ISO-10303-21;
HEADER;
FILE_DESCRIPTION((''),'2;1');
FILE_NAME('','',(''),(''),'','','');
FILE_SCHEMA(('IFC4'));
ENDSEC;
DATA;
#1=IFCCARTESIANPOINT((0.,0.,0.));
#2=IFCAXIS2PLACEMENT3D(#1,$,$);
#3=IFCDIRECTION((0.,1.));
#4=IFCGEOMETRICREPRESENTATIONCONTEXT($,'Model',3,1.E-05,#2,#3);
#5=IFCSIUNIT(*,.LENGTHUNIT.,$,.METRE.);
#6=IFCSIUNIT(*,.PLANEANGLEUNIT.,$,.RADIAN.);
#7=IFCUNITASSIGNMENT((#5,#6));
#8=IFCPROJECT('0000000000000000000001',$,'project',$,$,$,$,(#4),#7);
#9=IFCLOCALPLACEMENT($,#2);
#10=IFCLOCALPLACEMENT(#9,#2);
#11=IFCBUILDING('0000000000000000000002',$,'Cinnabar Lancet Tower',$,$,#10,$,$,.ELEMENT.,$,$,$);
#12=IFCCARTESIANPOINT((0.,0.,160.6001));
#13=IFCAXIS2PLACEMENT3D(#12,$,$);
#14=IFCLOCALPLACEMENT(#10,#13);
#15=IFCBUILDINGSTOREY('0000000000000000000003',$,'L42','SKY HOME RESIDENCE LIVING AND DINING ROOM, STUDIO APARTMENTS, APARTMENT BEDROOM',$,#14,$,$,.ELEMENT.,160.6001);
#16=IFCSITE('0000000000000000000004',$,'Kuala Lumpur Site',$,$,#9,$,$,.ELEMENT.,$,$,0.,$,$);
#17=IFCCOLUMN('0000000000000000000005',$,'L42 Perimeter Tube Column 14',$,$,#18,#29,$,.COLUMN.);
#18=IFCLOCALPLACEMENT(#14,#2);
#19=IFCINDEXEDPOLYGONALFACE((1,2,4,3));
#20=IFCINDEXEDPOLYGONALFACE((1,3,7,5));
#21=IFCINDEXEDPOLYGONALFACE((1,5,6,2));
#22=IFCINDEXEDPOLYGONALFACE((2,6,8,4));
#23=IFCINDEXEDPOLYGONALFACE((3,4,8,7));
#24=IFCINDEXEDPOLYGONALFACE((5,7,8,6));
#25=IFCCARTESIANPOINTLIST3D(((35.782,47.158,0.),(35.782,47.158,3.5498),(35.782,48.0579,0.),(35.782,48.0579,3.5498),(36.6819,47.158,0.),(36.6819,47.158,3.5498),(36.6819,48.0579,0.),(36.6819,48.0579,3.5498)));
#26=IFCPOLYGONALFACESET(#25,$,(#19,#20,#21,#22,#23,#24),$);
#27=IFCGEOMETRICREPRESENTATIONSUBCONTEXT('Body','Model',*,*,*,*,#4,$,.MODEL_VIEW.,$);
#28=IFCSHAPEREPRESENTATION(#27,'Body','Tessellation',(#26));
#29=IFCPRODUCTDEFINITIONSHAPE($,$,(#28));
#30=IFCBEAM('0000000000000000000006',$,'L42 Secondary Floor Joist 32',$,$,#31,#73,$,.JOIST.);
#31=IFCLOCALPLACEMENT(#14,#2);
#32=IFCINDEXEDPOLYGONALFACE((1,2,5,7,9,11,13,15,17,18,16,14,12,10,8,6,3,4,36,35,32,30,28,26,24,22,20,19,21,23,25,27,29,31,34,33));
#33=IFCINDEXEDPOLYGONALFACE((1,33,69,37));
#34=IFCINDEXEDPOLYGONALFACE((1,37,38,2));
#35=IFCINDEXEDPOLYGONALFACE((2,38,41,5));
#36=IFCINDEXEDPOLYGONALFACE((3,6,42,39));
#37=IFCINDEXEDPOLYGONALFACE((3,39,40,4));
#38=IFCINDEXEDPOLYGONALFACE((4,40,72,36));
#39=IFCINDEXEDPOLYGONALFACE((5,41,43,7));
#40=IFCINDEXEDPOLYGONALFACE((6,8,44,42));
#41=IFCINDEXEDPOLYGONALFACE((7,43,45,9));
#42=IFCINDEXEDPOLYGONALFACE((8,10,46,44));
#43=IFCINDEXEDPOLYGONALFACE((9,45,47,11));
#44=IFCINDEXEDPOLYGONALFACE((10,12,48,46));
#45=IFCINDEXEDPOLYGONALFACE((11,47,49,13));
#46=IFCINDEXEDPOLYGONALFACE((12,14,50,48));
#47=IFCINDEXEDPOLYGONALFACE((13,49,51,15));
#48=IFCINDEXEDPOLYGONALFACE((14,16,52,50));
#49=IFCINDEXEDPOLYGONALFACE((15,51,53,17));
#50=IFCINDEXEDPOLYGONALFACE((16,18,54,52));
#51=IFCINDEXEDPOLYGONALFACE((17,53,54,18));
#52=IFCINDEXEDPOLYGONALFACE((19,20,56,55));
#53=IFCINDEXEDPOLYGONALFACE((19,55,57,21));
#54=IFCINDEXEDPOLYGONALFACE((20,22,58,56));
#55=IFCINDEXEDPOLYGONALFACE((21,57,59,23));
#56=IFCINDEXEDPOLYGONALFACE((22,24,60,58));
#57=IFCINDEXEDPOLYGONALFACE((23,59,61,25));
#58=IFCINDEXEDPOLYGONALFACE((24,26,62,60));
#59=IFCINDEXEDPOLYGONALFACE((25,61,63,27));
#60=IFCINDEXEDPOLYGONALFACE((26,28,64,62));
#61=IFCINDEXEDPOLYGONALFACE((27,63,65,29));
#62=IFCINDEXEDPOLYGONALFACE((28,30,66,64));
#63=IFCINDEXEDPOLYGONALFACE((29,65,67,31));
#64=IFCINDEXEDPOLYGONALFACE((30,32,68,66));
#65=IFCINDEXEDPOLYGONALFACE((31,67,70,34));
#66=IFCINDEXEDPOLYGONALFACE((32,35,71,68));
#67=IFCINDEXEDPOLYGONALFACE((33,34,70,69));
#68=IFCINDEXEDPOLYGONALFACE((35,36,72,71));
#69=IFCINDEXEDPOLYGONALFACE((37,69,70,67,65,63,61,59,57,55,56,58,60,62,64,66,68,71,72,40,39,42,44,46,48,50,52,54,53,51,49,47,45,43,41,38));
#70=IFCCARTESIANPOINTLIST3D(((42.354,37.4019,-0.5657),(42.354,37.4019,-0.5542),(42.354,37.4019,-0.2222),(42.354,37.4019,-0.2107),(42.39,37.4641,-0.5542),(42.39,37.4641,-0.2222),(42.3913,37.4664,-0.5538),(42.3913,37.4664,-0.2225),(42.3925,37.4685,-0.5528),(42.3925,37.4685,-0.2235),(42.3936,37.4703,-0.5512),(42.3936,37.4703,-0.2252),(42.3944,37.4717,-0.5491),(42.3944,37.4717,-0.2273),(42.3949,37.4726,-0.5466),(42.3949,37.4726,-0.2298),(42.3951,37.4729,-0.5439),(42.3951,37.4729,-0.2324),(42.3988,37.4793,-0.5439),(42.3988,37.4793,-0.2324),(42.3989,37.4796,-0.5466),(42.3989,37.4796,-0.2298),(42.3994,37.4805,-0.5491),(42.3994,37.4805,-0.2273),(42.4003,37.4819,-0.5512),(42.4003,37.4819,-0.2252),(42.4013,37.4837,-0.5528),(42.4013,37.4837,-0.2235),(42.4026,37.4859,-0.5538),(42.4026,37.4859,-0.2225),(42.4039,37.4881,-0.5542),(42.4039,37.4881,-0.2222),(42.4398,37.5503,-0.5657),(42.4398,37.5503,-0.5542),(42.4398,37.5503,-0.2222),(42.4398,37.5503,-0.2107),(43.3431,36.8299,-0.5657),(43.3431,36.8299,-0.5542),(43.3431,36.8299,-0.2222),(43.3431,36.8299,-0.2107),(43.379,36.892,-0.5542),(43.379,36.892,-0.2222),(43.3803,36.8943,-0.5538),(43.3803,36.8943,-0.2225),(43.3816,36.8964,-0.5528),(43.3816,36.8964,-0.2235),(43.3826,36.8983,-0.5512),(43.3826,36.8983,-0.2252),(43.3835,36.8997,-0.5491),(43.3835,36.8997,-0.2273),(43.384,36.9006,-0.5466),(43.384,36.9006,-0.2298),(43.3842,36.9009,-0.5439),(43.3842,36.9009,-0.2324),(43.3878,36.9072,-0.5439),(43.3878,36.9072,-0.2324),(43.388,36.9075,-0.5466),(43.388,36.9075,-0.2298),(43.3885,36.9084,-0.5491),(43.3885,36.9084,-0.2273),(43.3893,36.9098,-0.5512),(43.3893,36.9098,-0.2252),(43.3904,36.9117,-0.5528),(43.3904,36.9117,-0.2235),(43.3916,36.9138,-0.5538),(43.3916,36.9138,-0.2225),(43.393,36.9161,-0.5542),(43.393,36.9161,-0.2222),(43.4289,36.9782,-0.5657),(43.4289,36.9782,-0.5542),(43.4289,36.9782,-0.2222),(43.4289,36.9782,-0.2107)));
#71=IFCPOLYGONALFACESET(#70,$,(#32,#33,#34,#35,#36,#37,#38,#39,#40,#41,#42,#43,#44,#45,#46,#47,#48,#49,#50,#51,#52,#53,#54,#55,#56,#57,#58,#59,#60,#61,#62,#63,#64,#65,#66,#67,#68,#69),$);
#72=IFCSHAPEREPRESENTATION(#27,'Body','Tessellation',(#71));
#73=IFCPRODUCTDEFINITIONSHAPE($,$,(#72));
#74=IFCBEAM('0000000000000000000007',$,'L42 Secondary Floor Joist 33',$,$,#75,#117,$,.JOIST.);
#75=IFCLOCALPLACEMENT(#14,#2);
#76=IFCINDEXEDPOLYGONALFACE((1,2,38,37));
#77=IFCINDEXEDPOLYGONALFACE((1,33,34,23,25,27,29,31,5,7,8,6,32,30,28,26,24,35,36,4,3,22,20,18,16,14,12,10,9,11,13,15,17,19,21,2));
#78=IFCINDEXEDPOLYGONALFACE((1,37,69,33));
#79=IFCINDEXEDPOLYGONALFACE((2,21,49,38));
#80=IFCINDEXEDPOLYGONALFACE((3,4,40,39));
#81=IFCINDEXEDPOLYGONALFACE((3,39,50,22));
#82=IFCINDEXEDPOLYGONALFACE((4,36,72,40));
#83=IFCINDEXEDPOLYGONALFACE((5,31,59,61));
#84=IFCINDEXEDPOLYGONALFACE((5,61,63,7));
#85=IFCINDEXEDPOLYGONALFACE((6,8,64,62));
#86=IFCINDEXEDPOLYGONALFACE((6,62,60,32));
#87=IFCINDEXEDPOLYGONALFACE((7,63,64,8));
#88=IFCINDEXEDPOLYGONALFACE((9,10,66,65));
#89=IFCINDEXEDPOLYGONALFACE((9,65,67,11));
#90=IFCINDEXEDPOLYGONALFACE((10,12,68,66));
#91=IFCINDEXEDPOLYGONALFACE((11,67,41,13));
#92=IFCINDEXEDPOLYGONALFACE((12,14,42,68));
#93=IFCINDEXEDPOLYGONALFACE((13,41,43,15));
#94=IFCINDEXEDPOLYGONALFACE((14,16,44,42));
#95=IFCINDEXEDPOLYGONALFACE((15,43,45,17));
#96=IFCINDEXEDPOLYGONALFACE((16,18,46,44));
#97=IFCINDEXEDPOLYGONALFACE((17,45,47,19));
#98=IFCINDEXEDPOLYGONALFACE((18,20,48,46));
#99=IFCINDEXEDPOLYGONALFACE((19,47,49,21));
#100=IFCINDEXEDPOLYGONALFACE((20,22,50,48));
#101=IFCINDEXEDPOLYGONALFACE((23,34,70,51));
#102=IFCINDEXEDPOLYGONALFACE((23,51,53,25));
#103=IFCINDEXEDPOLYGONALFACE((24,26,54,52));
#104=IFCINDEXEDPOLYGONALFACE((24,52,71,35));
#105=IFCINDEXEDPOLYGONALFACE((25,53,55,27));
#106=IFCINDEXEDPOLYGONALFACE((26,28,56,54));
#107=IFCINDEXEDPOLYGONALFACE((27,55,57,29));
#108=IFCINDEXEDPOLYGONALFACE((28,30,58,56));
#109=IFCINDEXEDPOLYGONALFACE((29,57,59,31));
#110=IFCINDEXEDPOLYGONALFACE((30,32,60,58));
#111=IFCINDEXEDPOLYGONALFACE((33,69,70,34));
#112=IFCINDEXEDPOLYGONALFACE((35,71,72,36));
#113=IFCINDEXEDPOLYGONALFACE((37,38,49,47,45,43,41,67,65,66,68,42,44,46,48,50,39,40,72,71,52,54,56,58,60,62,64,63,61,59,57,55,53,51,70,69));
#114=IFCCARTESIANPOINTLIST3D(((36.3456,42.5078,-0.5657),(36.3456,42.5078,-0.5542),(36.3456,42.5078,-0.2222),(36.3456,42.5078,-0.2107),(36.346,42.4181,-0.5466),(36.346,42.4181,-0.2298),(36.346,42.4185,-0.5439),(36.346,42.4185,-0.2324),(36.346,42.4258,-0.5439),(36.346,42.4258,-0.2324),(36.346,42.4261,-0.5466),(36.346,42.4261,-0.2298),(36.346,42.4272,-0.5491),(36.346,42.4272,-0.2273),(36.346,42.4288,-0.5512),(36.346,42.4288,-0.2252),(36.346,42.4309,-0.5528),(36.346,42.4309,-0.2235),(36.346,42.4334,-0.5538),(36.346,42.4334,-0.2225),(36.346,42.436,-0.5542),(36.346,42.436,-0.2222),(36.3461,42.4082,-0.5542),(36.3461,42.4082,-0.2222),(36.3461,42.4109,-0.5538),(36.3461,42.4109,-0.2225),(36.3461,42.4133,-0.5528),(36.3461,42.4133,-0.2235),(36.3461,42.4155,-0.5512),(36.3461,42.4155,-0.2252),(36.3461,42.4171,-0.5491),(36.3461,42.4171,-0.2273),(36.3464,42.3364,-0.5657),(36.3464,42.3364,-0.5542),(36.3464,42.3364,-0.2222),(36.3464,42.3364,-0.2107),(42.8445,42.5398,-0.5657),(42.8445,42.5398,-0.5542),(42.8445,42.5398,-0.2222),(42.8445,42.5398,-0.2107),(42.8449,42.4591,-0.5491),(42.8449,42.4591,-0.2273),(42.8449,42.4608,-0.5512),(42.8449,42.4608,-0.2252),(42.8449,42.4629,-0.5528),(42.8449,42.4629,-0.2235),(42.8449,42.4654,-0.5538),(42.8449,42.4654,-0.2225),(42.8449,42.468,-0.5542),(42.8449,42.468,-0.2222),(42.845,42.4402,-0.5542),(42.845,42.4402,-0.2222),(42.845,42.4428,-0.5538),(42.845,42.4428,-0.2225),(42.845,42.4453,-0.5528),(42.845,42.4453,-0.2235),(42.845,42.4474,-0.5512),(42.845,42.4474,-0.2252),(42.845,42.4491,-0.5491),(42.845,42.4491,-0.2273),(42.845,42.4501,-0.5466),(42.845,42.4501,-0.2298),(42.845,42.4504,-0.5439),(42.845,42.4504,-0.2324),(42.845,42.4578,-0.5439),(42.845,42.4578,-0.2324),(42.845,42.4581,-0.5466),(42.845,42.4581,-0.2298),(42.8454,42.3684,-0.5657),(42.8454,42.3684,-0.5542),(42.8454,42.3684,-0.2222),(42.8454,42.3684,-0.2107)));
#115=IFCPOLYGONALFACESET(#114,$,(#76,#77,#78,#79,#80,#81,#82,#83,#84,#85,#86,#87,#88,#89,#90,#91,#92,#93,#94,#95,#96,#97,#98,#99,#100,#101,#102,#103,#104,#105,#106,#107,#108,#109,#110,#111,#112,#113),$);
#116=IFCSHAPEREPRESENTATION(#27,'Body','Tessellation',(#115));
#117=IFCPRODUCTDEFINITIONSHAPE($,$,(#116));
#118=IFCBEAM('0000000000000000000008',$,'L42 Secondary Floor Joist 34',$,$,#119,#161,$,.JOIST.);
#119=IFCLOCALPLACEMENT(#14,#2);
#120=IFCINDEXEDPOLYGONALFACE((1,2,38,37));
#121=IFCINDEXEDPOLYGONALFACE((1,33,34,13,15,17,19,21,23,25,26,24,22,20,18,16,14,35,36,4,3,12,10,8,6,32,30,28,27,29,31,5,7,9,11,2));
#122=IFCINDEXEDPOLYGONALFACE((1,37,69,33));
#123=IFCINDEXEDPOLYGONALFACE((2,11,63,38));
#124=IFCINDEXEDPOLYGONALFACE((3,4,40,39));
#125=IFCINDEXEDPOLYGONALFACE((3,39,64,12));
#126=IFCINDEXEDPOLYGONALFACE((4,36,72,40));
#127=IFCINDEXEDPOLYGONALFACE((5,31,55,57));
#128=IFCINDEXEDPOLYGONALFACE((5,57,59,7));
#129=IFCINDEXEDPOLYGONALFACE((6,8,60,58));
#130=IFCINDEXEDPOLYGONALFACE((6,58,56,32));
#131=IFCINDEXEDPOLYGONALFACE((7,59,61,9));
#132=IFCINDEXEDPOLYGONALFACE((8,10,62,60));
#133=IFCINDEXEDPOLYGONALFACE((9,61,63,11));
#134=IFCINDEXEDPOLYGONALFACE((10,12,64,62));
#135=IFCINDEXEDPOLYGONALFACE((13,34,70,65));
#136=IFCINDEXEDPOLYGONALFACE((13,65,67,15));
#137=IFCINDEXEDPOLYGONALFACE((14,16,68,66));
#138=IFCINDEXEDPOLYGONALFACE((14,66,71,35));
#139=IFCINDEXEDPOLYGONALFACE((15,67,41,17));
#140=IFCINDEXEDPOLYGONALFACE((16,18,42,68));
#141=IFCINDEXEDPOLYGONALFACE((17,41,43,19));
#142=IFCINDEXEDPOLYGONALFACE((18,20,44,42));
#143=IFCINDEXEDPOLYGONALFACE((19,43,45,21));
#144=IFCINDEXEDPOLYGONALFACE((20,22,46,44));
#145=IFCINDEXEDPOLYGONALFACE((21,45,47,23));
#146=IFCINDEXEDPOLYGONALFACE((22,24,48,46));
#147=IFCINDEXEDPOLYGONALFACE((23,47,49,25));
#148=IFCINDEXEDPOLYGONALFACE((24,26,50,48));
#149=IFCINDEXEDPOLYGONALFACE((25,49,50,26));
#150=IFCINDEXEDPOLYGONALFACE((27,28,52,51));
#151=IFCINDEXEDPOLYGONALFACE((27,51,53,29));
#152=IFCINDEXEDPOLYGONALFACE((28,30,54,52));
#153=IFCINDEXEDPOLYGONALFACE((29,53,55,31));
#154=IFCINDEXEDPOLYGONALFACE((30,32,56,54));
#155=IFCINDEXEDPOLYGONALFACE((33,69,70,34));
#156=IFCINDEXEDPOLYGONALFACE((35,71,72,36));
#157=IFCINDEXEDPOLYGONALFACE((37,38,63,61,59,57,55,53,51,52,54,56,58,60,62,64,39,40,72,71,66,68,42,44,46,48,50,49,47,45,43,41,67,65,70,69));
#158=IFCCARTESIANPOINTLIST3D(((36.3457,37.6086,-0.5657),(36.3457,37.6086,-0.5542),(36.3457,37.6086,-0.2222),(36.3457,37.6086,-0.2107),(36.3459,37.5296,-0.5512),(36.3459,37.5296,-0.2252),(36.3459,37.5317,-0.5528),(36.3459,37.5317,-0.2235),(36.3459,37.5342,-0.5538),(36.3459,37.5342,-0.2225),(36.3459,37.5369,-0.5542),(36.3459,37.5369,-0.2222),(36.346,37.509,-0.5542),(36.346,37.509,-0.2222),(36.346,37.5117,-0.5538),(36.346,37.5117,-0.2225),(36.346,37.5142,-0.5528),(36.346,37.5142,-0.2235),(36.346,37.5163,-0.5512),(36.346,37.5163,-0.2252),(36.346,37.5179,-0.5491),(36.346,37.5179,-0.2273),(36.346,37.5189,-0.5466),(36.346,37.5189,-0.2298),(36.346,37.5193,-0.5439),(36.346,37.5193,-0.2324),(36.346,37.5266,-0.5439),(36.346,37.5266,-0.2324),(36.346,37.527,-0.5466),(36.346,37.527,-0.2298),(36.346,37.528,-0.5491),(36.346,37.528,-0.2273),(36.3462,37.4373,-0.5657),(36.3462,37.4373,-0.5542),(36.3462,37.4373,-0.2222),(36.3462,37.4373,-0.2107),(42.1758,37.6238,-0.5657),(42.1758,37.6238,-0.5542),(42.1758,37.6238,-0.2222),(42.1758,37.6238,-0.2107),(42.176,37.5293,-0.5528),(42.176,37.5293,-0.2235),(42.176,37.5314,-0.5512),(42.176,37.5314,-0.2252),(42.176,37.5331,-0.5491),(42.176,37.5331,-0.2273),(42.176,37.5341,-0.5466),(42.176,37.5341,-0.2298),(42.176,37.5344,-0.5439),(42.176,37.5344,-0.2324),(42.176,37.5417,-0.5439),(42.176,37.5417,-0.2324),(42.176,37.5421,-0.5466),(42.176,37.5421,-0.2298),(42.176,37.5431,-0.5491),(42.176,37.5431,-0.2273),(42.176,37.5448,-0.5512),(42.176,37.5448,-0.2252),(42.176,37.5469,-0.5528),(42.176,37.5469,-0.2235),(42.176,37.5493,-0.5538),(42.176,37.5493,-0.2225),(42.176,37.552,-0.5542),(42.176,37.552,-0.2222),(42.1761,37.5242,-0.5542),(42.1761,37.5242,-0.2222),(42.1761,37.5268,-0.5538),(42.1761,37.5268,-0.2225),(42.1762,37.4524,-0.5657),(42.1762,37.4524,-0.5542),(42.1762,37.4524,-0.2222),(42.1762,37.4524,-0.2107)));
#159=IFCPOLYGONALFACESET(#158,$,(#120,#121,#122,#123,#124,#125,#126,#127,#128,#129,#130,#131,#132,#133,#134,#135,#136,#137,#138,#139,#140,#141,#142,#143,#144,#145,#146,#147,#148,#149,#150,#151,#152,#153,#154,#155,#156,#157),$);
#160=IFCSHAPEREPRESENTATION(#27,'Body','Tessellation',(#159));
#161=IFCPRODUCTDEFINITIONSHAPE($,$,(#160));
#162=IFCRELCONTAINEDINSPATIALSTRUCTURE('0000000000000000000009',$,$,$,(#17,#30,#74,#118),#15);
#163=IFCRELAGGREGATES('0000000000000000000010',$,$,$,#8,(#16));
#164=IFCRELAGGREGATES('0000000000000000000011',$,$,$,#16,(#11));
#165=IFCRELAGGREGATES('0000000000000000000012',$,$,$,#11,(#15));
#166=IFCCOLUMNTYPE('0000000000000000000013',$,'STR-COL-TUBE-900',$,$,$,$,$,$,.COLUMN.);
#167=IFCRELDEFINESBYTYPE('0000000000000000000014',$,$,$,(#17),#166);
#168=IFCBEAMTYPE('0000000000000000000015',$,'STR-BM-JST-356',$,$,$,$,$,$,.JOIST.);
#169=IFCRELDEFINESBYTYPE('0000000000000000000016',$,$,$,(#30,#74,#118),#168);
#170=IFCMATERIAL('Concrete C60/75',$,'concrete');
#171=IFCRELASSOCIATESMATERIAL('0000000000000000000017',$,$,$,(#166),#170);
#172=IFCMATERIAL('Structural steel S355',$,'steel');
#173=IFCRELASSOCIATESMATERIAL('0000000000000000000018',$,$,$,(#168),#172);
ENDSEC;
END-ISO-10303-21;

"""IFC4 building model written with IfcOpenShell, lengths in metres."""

from ifc_helpers import new_model, si_unit, direction, frame, origin, origin_2d, place, context, subcontext, project, spatial, rectangle, i_section, extrude, material, material_profile, profile_set, type_object, element, save


model = new_model("IFC4")

# Units and contexts
model_context = context("Model", 3, precision=1e-05, world=origin(), true_north=direction((0.0, 1.0)))
body_context = subcontext(model_context, "Body", "Model", "MODEL_VIEW")
ifc_project = project(units=[si_unit("LENGTHUNIT", "METRE"), si_unit("PLANEANGLEUNIT", "RADIAN")], contexts=[model_context])

# Site, building, storey
site_placement = place(None, origin())
site = spatial("IfcSite", under=ifc_project, at=site_placement, Name="Kuala Lumpur Site", CompositionType="ELEMENT", RefElevation=0.0)
building_placement = place(site_placement, origin())
building = spatial("IfcBuilding", under=site, at=building_placement, Name="Cinnabar Lancet Tower", CompositionType="ELEMENT")
storey_placement = place(building_placement, frame((0.0, 0.0, 160.6001)))
storey = spatial("IfcBuildingStorey", under=building, at=storey_placement, Name="L42", Description="SKY HOME RESIDENCE LIVING AND DINING ROOM, STUDIO APARTMENTS, APARTMENT BEDROOM", CompositionType="ELEMENT", Elevation=160.6001)

# Column
ifc_material_1 = material(Name="Concrete C60/75", Category="concrete")
ifc_material_profile_1 = material_profile(ifc_material_1, rectangle(XDim=0.8999, YDim=0.8999, at=origin_2d()), Name="RC-COL 900x900")
ifc_profile_set_1 = profile_set([ifc_material_profile_1], Name="Concrete C60/75")
column_type = type_object("IfcColumnType", Name="STR-COL-TUBE-900", PredefinedType="COLUMN", material=ifc_profile_set_1)
column_placement = place(storey_placement, frame((36.2319, 47.6079, 0.0), z_axis=(0.0, 0.0, 1.0), x_axis=(1.0, 0.0, 0.0)))
element("IfcColumn", 1, at=column_placement, inside=storey, type_object=column_type, Name="L42 Perimeter Tube Column 14", PredefinedType="COLUMN", context=body_context, shape_type="SweptSolid", body=[
    extrude(rectangle(XDim=0.8999, YDim=0.8999, at=origin_2d()), origin(), (0.0, 0.0, 1.0), 3.5498),
])

# Beams
ifc_material_2 = material(Name="Structural steel S355", Category="steel")
ifc_material_profile_2 = material_profile(ifc_material_2, i_section(OverallWidth=0.1714, OverallDepth=0.355, WebThickness=0.0073, FlangeThickness=0.0115, FilletRadius=0.0103, at=origin_2d()), Name="UKB 356x171x51")
ifc_profile_set_2 = profile_set([ifc_material_profile_2], Name="Structural steel S355")
beam_type_1 = type_object("IfcBeamType", Name="STR-BM-JST-356", PredefinedType="JOIST", material=ifc_profile_set_2)
beam_1_placement = place(storey_placement, frame((43.386, 36.9041, -0.3882), z_axis=(-0.865641, 0.500666, 0.0), x_axis=(-0.500666, -0.865641, 0.0)))
element("IfcBeam", 2, at=beam_1_placement, inside=storey, type_object=beam_type_1, Name="L42 Secondary Floor Joist 32", PredefinedType="JOIST", context=body_context, shape_type="SweptSolid", body=[
    extrude(i_section(OverallWidth=0.1714, OverallDepth=0.355, WebThickness=0.0073, FlangeThickness=0.0115, FilletRadius=0.0103, at=origin_2d()), origin(), (0.0, 0.0, 1.0), 1.1426),
])
beam_2_placement = place(storey_placement, frame((42.845, 42.4541, -0.3882), z_axis=(-0.999988, -0.004921, 0.0), x_axis=(0.004921, -0.999988, 0.0)))
element("IfcBeam", 3, at=beam_2_placement, inside=storey, type_object=beam_type_1, Name="L42 Secondary Floor Joist 33", PredefinedType="JOIST", context=body_context, shape_type="SweptSolid", body=[
    extrude(i_section(OverallWidth=0.1714, OverallDepth=0.355, WebThickness=0.0073, FlangeThickness=0.0115, FilletRadius=0.0103, at=origin_2d()), origin(), (0.0, 0.0, 1.0), 6.499),
])
beam_3_placement = place(storey_placement, frame((42.176, 37.5381, -0.3882), z_axis=(-0.999997, -0.002596, 0.0), x_axis=(0.002596, -0.999997, 0.0)))
element("IfcBeam", 4, at=beam_3_placement, inside=storey, type_object=beam_type_1, Name="L42 Secondary Floor Joist 34", PredefinedType="JOIST", context=body_context, shape_type="SweptSolid", body=[
    extrude(i_section(OverallWidth=0.1714, OverallDepth=0.355, WebThickness=0.0073, FlangeThickness=0.0115, FilletRadius=0.0103, at=origin_2d()), origin(), (0.0, 0.0, 1.0), 5.8301),
])

save(model, "model.ifc")
